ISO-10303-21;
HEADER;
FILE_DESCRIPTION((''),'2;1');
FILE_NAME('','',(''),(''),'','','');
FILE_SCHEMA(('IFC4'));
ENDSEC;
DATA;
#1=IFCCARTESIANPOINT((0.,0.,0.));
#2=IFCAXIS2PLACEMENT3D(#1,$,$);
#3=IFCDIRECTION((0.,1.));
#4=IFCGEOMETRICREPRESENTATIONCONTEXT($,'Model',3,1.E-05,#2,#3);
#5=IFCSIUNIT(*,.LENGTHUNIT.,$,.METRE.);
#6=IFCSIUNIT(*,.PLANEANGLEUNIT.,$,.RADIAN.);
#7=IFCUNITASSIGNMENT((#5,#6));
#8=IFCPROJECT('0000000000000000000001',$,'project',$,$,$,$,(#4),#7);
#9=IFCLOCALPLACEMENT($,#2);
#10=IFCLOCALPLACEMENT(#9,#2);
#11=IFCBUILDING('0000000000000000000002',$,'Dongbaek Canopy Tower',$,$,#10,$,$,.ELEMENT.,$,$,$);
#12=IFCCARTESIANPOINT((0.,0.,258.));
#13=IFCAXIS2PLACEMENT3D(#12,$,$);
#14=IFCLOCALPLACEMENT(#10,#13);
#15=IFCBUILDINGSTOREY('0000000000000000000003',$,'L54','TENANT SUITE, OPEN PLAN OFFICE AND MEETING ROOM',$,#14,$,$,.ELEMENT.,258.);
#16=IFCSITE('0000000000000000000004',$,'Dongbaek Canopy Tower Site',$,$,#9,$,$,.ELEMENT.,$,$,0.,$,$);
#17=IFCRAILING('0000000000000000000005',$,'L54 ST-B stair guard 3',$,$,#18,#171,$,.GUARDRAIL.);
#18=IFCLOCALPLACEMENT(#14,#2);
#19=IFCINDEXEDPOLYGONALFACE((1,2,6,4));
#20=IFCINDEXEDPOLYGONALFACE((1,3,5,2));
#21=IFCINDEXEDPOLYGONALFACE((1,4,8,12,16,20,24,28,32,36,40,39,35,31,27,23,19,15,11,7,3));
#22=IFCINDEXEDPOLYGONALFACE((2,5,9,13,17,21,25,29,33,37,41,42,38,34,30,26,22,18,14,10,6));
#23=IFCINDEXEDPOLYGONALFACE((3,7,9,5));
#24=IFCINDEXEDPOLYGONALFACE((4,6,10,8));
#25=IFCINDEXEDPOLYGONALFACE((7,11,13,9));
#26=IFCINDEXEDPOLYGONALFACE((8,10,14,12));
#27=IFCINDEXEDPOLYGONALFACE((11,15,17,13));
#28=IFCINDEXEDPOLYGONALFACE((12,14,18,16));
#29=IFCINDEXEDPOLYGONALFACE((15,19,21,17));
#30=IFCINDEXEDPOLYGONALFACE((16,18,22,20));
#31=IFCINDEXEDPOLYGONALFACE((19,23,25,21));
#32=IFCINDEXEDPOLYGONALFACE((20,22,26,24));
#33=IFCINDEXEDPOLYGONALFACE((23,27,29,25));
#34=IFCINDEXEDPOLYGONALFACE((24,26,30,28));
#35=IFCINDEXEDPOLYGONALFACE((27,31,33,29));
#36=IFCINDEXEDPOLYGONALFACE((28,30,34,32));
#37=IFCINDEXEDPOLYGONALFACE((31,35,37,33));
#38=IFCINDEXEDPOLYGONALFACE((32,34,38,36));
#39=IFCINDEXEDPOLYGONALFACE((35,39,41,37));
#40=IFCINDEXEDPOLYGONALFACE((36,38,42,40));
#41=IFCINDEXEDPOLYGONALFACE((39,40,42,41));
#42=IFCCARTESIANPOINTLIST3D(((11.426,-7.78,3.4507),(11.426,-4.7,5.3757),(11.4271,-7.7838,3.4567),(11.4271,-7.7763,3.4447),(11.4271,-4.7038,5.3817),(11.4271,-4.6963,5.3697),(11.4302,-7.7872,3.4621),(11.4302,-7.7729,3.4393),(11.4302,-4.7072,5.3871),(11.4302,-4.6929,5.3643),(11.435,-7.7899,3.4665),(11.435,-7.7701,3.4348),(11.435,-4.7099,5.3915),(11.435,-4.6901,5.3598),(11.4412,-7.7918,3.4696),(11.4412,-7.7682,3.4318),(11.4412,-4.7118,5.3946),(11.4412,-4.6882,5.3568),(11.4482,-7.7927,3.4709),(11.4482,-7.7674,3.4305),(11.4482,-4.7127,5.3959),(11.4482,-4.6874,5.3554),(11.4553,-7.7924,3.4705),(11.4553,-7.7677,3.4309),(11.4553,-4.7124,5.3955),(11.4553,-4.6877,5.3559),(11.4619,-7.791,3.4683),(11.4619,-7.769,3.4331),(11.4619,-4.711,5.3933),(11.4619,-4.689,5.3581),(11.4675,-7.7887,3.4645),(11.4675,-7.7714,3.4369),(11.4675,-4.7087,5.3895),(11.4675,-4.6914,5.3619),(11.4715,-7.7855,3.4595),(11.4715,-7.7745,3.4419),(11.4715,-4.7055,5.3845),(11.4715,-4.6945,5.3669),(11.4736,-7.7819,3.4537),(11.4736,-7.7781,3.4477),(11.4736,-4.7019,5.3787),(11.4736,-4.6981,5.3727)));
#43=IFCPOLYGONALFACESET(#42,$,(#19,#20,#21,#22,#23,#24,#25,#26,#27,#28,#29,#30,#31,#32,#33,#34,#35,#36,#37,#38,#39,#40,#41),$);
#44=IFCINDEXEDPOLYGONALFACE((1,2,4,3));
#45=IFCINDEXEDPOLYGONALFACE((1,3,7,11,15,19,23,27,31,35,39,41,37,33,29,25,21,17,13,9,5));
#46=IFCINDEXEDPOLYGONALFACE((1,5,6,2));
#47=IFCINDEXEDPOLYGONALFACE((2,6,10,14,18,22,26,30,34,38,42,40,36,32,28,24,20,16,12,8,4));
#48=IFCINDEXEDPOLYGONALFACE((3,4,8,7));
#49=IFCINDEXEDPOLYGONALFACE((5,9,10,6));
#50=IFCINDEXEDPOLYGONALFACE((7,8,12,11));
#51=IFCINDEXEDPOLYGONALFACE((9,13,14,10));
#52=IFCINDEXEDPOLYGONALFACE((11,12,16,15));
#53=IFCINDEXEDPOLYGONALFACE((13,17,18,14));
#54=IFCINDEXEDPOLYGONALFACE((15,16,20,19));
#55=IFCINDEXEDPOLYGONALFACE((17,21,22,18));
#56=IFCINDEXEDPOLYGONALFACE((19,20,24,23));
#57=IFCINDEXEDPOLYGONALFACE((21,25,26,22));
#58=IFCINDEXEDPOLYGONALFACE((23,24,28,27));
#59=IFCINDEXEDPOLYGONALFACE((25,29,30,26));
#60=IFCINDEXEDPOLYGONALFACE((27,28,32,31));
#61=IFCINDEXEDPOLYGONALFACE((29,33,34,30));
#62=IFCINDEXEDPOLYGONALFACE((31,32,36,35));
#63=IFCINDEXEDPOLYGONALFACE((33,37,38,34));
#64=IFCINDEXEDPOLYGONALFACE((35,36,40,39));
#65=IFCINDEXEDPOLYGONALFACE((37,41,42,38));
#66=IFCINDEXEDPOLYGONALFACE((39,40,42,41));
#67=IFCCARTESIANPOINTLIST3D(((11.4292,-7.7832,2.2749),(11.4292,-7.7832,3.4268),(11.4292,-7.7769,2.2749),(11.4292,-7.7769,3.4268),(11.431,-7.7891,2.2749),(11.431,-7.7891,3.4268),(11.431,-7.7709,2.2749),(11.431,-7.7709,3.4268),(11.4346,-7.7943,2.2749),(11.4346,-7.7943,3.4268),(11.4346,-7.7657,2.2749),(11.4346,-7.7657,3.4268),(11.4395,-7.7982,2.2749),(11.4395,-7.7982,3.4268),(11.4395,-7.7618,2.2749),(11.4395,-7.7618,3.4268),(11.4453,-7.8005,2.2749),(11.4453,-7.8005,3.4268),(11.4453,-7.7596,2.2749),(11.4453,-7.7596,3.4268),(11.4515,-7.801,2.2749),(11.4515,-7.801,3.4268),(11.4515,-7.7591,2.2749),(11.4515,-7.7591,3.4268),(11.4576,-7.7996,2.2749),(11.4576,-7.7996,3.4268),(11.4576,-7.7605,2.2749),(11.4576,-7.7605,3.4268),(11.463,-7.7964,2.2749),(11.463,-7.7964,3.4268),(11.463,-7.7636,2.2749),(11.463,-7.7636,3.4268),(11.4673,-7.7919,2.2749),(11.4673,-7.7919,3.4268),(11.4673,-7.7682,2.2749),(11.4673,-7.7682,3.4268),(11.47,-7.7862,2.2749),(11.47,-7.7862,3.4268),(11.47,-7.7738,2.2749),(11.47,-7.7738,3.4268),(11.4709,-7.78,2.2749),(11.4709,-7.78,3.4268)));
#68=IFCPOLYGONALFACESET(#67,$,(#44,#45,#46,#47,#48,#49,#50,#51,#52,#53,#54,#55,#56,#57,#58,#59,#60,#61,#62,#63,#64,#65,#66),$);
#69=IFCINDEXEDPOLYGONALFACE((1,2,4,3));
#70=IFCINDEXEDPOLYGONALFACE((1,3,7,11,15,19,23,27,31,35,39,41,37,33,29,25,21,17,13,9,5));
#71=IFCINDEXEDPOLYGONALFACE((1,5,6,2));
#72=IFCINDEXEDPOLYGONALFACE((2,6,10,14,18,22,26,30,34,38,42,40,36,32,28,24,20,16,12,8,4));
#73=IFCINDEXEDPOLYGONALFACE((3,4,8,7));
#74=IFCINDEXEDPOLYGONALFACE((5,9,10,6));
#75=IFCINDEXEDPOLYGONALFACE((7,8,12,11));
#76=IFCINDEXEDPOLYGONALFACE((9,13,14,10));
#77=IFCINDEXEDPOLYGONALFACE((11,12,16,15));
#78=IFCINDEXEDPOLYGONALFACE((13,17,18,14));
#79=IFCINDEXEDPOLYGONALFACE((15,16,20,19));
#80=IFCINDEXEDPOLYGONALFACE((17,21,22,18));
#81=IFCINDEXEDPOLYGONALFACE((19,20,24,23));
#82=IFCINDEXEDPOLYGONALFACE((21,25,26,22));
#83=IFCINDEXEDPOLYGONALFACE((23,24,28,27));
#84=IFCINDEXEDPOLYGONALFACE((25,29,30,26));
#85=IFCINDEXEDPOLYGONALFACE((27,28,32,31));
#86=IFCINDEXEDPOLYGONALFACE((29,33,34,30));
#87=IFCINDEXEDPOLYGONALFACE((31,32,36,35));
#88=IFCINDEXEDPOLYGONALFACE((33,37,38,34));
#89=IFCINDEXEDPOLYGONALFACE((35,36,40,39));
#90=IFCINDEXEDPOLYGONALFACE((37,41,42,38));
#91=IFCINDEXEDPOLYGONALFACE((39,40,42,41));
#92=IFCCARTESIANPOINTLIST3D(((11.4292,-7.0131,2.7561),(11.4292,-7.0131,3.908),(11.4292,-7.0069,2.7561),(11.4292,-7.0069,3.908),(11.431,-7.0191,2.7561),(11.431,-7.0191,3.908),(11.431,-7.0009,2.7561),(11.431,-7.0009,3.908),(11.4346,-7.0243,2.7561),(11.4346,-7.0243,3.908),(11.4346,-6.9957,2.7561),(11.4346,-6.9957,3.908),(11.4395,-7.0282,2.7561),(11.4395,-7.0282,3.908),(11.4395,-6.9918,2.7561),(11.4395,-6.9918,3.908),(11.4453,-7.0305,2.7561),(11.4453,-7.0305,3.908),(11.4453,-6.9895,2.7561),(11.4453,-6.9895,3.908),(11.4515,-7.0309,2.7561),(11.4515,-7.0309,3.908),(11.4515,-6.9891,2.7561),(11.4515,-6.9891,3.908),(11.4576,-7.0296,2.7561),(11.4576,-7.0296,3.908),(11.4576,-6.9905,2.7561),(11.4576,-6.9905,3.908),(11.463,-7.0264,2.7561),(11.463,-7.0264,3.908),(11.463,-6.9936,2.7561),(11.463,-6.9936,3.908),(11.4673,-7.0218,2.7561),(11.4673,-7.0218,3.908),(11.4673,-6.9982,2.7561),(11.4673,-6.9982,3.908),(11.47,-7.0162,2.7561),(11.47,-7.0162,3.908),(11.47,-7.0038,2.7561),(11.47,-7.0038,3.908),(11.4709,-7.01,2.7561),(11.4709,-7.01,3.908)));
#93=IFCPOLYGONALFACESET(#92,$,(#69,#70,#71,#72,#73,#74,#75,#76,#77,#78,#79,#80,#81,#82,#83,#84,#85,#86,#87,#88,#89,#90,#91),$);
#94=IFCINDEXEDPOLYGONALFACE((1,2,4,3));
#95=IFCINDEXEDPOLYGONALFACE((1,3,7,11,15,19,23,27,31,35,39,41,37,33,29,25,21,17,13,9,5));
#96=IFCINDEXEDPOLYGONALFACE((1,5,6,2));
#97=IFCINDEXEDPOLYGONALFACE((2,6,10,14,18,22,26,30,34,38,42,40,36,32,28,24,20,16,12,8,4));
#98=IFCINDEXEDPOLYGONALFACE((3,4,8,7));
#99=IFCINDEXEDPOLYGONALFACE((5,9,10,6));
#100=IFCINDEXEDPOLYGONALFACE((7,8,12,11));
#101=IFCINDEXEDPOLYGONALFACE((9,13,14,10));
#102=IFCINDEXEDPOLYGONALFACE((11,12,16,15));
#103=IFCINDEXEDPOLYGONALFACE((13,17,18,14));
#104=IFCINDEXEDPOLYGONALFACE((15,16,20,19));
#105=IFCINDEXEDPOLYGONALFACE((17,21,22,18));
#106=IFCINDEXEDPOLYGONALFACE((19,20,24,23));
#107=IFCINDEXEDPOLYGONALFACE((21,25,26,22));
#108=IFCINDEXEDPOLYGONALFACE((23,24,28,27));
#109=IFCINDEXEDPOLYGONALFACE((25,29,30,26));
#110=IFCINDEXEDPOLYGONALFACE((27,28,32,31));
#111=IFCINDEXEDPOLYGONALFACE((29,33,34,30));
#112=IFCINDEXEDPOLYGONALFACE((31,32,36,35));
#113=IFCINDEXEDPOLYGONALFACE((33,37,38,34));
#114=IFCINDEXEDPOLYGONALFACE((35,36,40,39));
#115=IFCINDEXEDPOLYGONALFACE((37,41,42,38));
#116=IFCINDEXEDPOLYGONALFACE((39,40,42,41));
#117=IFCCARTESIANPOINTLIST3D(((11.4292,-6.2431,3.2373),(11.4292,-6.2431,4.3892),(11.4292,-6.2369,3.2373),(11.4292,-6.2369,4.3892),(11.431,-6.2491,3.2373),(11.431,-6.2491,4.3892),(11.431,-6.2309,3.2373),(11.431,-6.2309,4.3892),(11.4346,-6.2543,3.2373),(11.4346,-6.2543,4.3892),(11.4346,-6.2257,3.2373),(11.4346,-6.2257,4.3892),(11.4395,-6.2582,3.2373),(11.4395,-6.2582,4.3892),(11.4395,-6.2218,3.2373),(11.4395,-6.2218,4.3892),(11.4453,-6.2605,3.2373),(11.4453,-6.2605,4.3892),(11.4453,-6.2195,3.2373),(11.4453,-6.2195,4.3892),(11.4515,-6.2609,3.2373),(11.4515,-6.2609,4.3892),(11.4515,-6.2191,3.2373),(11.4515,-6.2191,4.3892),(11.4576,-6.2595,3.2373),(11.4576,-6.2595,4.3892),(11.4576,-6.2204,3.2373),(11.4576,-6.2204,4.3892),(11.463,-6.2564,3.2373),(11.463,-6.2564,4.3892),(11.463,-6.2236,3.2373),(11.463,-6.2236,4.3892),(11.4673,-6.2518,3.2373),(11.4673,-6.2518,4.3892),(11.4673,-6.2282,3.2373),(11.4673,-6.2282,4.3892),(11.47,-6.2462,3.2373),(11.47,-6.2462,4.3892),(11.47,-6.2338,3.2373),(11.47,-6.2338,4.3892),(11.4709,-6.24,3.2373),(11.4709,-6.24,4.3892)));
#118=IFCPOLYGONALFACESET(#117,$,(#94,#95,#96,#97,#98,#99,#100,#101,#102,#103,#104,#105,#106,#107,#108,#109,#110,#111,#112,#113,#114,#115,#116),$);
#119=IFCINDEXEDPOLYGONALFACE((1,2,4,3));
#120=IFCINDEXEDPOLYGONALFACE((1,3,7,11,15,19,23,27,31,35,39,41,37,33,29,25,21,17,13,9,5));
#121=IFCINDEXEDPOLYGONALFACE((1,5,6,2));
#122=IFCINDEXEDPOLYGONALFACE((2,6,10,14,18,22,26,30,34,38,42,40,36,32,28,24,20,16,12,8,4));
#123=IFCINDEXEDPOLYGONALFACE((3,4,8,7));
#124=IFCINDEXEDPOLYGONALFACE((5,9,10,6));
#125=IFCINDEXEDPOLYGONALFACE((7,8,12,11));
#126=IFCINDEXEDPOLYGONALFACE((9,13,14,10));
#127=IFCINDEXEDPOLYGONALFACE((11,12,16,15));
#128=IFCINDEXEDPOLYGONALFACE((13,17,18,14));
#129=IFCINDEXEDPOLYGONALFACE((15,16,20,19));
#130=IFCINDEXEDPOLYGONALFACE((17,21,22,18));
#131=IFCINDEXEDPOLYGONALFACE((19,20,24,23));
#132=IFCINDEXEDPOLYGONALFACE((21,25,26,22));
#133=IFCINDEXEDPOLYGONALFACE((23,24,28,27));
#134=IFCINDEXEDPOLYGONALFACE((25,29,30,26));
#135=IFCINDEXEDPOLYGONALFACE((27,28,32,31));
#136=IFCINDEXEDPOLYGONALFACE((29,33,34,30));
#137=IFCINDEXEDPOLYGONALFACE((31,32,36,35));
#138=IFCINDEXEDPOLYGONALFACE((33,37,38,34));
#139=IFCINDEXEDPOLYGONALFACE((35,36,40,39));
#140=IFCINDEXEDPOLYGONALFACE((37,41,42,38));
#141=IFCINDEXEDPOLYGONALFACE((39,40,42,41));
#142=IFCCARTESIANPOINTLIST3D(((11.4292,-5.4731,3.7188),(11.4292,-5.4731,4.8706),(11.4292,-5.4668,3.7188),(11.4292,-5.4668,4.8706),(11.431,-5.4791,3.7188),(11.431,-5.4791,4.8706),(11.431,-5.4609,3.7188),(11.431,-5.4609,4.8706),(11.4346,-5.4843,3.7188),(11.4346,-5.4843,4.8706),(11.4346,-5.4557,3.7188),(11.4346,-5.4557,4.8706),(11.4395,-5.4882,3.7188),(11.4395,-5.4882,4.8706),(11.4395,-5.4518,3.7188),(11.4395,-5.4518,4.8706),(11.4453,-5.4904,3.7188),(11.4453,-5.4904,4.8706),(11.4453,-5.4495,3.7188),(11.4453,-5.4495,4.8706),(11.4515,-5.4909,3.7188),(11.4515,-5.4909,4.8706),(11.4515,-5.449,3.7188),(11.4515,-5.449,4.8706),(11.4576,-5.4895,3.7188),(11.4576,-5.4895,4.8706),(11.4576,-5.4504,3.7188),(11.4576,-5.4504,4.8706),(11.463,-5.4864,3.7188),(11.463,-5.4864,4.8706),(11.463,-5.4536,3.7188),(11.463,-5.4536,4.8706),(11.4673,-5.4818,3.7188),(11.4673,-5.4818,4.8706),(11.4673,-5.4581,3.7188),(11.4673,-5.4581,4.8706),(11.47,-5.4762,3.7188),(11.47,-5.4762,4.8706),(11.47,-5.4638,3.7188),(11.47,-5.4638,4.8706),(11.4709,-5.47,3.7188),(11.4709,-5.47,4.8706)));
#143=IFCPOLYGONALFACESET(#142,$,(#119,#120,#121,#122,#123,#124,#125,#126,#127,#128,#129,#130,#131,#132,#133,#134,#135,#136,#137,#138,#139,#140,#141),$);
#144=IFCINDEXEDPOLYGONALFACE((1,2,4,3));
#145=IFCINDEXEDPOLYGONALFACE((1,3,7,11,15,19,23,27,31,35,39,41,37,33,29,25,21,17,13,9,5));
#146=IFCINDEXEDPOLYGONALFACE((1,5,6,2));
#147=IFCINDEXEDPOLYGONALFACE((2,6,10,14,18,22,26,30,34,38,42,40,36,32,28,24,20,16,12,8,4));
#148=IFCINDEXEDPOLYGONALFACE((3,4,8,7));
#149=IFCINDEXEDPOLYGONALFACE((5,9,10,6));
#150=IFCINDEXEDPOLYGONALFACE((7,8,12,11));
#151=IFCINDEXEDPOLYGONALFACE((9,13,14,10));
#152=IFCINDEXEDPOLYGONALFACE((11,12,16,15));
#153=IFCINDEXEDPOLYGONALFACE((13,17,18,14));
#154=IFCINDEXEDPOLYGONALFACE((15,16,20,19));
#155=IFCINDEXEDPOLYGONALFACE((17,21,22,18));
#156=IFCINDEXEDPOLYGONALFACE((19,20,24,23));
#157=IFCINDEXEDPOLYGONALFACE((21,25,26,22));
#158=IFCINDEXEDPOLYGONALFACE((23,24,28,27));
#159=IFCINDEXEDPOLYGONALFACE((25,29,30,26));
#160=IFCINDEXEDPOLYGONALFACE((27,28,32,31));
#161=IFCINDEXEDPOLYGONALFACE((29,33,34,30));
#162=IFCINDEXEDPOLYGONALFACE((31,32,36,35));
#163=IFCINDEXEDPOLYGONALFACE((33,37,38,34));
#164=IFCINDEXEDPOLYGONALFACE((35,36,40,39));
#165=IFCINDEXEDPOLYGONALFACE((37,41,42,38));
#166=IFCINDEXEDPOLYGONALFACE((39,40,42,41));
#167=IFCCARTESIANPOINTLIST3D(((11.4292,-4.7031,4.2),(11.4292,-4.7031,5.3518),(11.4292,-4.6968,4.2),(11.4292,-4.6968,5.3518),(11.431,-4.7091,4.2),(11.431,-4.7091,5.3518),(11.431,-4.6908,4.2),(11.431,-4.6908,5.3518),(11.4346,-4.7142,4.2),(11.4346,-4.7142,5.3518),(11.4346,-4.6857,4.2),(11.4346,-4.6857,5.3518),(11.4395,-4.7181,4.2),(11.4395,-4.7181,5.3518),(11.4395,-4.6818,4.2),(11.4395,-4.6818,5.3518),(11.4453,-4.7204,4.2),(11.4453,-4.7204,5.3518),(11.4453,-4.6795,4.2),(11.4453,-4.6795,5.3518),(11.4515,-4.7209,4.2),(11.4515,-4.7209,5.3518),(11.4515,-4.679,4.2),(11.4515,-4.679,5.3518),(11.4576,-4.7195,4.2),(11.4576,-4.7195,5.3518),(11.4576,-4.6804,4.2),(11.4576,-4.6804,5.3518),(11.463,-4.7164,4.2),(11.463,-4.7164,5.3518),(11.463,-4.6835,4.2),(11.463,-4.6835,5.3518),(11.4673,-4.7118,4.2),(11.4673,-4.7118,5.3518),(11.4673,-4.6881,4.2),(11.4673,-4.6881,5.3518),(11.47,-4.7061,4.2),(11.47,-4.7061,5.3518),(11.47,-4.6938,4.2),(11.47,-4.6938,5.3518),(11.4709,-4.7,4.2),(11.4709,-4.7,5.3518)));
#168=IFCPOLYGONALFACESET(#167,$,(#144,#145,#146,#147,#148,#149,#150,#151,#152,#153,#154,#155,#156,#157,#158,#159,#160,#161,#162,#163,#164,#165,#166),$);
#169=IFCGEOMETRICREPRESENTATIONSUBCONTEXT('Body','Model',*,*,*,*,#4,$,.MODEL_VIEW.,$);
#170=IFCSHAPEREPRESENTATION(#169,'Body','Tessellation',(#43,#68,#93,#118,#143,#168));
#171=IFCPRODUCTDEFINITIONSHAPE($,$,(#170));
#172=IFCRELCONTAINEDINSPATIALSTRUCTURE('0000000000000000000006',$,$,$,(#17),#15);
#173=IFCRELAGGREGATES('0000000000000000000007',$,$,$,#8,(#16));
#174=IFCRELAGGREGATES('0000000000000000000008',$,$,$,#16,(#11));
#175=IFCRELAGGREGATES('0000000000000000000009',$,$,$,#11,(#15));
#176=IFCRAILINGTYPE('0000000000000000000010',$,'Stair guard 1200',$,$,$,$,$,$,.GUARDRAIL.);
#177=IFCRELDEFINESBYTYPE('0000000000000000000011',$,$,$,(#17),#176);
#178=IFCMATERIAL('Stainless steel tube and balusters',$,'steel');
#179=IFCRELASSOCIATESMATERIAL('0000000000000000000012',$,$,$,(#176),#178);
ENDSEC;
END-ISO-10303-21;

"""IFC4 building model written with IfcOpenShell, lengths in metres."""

from ifc_helpers import new_model, si_unit, direction, frame, origin, origin_2d, place, context, subcontext, project, spatial, circle, extrude, material, type_object, element, save


model = new_model("IFC4")

# Units and contexts
model_context = context("Model", 3, precision=1e-05, world=origin(), true_north=direction((0.0, 1.0)))
body_context = subcontext(model_context, "Body", "Model", "MODEL_VIEW")
ifc_project = project(units=[si_unit("LENGTHUNIT", "METRE"), si_unit("PLANEANGLEUNIT", "RADIAN")], contexts=[model_context])

# Site, building, storey
site_placement = place(None, origin())
site = spatial("IfcSite", under=ifc_project, at=site_placement, Name="Dongbaek Canopy Tower Site", CompositionType="ELEMENT", RefElevation=0.0)
building_placement = place(site_placement, origin())
building = spatial("IfcBuilding", under=site, at=building_placement, Name="Dongbaek Canopy Tower", CompositionType="ELEMENT")
storey_placement = place(building_placement, frame((0.0, 0.0, 258.0)))
storey = spatial("IfcBuildingStorey", under=building, at=storey_placement, Name="L54", Description="TENANT SUITE, OPEN PLAN OFFICE AND MEETING ROOM", CompositionType="ELEMENT", Elevation=258.0)

# Railing
ifc_material_1 = material(Name="Stainless steel tube and balusters", Category="steel")
railing_type_1 = type_object("IfcRailingType", Name="Stair guard 1200", PredefinedType="GUARDRAIL", material=ifc_material_1)
railing_1_placement = place(storey_placement, frame((11.45, -7.78, 2.2749)))
element("IfcRailing", 1, at=railing_1_placement, inside=storey, type_object=railing_type_1, Name="L54 ST-B stair guard 3", PredefinedType="GUARDRAIL", context=body_context, shape_type="SweptSolid", body=[
    extrude(circle(Radius=0.0239, at=origin_2d()), frame((0.0, 0.0, 1.1758), z_axis=(0.0, 0.847998, 0.529999), x_axis=(-1.0, 0.0, 0.0)), (0.0, 0.0, 1.0), 3.6321),
    extrude(circle(Radius=0.021, at=origin_2d()), origin(), (0.0, 0.0, 1.0), 1.1519),
    extrude(circle(Radius=0.021, at=origin_2d()), frame((0.0, 0.77, 0.4812)), (0.0, 0.0, 1.0), 1.1519),
    extrude(circle(Radius=0.021, at=origin_2d()), frame((0.0, 1.54, 0.9624)), (0.0, 0.0, 1.0), 1.1519),
    extrude(circle(Radius=0.021, at=origin_2d()), frame((0.0, 2.3101, 1.4438)), (0.0, 0.0, 1.0), 1.1519),
    extrude(circle(Radius=0.021, at=origin_2d()), frame((0.0, 3.0801, 1.925)), (0.0, 0.0, 1.0), 1.1519),
])

save(model, "model.ifc")
